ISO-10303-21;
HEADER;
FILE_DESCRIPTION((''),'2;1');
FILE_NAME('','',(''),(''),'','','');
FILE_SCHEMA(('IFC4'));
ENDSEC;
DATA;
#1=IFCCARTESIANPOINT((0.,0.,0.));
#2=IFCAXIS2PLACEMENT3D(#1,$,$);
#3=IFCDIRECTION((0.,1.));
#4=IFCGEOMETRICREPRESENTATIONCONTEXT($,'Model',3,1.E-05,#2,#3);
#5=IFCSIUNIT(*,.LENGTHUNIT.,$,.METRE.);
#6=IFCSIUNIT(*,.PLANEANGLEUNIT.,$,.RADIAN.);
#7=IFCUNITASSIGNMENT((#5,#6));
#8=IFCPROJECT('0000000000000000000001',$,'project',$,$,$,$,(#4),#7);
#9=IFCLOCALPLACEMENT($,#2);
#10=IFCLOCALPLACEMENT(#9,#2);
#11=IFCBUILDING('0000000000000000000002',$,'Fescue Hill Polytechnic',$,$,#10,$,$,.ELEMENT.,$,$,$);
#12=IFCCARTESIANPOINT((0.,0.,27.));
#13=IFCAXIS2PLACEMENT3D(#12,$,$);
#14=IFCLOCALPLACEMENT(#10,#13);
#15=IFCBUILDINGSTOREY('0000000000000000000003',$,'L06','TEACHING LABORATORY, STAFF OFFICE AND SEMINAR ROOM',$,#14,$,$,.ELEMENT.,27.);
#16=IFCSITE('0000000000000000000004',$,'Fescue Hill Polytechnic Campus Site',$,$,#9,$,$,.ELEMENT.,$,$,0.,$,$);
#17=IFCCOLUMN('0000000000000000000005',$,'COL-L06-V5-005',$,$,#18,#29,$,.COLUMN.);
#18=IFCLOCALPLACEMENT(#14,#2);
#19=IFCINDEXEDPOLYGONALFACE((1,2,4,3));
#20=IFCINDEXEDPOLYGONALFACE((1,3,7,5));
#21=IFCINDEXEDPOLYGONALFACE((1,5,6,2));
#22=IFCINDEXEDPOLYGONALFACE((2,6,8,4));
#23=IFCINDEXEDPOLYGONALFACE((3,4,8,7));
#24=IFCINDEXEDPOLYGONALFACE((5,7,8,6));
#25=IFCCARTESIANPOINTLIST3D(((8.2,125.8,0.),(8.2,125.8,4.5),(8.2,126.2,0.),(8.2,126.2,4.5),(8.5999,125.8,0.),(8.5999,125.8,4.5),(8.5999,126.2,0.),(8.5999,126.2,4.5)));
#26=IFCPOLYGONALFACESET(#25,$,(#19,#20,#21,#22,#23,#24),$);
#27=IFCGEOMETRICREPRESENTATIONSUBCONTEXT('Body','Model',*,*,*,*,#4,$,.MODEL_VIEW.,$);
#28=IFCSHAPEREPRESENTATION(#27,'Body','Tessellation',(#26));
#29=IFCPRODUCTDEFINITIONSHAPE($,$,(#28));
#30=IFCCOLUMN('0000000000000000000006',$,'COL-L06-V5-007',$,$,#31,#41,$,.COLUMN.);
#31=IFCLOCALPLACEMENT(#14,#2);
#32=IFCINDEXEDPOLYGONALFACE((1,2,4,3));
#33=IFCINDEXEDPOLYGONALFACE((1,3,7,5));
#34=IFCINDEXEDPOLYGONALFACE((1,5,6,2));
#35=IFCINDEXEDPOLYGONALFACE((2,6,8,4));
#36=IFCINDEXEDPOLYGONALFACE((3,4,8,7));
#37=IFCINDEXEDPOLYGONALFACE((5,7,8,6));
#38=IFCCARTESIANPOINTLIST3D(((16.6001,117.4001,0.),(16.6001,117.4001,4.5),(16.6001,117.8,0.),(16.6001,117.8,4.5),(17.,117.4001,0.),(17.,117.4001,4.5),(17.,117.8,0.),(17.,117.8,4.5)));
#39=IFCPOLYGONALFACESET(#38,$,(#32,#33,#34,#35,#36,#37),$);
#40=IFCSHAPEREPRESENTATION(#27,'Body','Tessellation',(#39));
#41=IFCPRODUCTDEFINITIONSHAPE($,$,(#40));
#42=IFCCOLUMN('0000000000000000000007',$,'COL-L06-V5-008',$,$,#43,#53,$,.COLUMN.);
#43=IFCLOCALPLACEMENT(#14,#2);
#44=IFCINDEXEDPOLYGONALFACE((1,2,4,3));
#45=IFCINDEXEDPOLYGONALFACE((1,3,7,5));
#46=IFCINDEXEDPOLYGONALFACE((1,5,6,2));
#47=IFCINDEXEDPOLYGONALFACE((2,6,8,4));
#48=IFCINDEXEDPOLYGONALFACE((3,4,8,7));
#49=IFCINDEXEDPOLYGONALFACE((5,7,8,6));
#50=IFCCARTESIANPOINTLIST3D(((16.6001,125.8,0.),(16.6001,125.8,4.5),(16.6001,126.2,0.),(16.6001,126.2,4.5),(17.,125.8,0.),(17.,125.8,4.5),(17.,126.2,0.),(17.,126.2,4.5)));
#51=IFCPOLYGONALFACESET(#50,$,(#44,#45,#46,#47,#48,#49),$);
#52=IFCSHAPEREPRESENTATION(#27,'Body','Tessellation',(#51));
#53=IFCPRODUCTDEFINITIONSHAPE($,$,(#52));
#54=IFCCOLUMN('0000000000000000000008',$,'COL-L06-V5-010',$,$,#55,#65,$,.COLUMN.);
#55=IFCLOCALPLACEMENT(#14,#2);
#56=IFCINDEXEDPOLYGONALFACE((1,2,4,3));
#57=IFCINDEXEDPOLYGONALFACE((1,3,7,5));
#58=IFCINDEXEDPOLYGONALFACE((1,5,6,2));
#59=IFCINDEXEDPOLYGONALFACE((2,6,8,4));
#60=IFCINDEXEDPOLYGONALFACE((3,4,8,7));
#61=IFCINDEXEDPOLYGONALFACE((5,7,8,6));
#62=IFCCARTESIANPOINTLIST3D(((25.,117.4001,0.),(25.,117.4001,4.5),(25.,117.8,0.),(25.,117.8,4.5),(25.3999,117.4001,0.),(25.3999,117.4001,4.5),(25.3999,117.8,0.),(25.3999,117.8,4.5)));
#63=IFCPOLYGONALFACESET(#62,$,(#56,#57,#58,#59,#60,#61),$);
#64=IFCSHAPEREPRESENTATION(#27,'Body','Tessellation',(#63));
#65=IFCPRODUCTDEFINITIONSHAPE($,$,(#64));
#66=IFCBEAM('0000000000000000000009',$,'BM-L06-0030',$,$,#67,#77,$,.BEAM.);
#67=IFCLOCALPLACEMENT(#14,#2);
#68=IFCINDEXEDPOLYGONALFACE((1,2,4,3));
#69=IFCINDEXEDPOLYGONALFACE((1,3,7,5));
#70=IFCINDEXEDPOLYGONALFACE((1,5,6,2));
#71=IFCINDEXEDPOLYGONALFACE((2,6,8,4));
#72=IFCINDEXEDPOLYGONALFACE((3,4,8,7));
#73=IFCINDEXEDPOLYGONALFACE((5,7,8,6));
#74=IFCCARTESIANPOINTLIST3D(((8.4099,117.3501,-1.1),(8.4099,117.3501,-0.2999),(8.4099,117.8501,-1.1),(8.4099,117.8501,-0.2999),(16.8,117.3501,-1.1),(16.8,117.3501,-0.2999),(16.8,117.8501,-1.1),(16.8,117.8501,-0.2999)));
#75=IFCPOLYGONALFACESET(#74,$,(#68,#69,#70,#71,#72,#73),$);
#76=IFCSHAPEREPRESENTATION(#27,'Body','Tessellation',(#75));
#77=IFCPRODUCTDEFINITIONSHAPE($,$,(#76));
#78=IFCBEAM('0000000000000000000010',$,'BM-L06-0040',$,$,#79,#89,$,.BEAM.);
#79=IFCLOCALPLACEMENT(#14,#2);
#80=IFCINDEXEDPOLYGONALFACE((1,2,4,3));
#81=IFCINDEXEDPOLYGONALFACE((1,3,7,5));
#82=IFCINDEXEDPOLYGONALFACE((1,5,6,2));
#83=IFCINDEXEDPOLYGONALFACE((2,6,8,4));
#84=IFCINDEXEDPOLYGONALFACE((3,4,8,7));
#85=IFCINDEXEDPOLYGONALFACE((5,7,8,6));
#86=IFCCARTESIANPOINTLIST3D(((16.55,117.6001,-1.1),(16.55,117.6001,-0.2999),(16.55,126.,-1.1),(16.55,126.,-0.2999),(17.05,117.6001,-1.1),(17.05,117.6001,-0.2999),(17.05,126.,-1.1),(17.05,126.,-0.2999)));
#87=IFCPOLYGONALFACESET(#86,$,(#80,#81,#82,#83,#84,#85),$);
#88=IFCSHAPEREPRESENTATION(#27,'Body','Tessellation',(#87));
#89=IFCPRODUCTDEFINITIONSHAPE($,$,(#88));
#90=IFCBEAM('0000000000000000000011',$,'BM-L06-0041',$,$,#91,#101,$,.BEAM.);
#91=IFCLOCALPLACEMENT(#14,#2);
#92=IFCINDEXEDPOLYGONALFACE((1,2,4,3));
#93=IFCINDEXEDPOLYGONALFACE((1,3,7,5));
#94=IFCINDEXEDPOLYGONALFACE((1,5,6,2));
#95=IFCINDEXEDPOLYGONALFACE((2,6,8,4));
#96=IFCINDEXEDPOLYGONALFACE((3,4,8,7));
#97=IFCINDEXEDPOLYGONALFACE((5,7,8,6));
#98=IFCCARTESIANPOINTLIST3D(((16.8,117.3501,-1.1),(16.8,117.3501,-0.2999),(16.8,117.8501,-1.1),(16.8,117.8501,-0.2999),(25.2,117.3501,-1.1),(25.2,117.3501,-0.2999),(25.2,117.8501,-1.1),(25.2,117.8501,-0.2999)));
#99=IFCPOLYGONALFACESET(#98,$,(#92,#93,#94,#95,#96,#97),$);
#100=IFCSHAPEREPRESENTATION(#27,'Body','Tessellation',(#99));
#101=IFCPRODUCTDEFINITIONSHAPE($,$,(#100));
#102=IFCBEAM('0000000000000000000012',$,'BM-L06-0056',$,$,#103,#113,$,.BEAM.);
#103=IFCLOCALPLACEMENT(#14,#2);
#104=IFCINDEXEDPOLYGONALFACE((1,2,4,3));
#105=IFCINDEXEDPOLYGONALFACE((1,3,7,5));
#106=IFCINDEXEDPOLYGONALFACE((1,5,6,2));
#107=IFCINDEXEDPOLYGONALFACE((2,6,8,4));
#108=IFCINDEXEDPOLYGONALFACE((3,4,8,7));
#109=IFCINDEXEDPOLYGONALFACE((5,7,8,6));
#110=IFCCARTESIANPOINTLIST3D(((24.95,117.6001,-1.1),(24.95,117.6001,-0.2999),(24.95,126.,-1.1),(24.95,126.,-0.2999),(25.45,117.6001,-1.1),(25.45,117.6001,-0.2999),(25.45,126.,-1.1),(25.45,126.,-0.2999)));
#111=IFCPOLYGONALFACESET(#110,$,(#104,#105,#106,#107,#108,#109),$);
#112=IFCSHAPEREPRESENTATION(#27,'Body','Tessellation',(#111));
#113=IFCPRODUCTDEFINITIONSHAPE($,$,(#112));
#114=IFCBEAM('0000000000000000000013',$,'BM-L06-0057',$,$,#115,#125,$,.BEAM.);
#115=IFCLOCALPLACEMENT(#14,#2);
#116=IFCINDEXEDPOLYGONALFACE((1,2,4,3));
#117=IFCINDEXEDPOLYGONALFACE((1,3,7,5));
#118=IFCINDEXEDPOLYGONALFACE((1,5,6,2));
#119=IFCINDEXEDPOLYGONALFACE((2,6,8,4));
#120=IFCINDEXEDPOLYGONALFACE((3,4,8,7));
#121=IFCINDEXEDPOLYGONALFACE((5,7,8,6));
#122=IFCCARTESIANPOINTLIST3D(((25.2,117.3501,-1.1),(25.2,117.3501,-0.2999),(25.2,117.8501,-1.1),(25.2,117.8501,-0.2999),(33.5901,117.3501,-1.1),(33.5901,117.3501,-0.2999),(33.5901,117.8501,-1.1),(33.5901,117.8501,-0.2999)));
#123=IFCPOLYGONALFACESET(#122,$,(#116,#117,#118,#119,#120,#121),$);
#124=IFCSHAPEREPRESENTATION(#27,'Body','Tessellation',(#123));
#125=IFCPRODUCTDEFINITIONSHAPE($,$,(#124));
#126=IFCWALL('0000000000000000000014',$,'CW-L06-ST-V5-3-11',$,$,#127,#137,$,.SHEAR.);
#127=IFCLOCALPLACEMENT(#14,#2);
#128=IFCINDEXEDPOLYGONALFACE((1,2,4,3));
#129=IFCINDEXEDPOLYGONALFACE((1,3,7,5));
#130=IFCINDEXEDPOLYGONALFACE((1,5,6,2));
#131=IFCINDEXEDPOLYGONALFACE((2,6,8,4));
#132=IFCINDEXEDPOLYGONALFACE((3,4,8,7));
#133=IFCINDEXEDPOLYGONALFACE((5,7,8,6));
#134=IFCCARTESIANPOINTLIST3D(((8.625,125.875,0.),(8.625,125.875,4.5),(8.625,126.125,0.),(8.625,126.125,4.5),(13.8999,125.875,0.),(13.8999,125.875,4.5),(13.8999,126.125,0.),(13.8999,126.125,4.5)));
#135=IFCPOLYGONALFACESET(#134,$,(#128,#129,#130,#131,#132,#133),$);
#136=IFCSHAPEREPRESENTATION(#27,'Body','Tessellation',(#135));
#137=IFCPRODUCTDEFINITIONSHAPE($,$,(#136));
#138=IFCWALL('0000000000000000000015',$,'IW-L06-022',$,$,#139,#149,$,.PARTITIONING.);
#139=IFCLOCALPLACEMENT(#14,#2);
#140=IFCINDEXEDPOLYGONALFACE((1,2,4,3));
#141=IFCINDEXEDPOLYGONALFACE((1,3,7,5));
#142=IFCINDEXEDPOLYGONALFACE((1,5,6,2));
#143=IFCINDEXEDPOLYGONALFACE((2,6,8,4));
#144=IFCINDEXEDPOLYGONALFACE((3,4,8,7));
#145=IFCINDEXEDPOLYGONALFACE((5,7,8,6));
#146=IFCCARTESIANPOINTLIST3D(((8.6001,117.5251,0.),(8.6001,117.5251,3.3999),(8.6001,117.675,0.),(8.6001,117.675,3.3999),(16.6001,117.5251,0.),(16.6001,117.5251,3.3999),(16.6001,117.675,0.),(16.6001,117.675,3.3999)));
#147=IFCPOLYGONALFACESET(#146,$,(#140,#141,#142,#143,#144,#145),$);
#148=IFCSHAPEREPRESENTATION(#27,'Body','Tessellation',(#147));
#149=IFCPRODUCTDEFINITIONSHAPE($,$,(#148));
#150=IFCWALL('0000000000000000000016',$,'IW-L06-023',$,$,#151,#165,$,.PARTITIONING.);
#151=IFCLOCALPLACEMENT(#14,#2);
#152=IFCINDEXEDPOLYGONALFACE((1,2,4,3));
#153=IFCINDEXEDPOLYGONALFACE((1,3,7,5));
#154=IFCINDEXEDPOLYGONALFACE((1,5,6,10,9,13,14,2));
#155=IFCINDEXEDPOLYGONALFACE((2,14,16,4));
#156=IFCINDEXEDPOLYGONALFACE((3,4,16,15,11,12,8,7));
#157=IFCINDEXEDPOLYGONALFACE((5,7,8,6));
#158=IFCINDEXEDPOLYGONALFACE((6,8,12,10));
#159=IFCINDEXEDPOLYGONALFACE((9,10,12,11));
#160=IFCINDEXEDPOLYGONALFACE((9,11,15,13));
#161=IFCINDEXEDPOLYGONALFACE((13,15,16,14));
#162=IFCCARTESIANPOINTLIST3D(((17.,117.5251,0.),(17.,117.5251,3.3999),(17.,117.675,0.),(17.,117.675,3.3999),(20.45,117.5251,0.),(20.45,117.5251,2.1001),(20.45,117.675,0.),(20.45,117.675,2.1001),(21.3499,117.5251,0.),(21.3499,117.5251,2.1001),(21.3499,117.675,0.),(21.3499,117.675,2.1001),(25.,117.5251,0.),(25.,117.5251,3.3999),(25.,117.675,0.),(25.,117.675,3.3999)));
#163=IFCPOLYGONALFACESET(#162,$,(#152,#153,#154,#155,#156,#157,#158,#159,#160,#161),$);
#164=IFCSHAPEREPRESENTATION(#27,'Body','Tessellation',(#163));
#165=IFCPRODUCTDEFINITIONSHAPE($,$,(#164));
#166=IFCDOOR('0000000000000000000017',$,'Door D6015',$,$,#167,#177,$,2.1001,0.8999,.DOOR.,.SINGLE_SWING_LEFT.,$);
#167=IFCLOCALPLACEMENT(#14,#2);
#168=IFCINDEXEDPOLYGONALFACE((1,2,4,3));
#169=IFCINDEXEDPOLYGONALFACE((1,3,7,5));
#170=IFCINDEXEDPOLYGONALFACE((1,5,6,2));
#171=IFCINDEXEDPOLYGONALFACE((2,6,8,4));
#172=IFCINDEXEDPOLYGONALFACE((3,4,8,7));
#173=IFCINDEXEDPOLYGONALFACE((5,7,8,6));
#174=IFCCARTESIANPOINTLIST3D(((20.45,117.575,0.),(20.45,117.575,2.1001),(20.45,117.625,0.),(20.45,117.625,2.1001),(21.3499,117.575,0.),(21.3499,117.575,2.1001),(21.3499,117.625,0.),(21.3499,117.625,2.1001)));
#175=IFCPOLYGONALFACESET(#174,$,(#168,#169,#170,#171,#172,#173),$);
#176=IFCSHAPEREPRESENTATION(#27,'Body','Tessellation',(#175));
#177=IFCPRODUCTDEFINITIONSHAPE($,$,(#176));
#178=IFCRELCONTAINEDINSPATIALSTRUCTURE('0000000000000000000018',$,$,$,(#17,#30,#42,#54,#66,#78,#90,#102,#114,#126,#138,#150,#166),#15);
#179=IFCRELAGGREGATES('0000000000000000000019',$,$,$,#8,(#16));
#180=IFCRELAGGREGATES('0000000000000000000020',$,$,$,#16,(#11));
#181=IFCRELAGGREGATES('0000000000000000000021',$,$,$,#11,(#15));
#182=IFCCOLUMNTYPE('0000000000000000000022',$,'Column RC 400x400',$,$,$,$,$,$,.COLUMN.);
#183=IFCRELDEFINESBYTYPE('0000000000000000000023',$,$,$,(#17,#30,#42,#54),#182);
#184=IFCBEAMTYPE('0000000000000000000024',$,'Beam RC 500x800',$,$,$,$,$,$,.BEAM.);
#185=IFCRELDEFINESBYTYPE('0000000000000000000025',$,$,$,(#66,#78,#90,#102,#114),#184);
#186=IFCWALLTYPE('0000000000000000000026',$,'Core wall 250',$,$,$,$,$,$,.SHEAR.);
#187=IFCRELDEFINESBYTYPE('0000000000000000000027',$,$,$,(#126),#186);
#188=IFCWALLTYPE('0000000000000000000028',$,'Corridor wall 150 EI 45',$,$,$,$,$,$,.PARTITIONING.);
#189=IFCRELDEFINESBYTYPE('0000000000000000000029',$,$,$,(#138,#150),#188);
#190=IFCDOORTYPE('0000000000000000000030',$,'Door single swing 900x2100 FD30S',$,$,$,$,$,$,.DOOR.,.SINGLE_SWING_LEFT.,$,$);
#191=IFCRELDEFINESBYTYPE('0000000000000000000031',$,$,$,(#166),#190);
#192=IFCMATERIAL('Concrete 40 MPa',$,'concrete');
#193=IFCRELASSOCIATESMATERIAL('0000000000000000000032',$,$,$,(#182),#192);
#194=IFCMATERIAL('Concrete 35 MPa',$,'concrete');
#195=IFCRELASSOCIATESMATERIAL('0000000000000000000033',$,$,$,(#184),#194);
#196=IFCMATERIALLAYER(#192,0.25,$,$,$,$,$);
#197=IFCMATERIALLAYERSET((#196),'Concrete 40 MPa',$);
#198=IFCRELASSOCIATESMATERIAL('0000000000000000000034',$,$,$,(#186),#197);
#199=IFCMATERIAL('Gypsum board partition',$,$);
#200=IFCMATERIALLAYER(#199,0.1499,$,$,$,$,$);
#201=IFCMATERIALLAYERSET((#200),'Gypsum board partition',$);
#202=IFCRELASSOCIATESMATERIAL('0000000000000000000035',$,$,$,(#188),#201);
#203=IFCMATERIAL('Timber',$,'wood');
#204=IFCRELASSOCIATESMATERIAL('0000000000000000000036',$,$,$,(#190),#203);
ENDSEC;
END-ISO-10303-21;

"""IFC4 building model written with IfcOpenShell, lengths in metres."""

from ifc_helpers import new_model, si_unit, direction, frame, frame_2d, origin, origin_2d, place, context, subcontext, project, spatial, rectangle, extrude, material, layer, layer_set, material_profile, profile_set, type_object, element, fill, save


model = new_model("IFC4")

# Units and contexts
model_context = context("Model", 3, precision=1e-05, world=origin(), true_north=direction((0.0, 1.0)))
body_context = subcontext(model_context, "Body", "Model", "MODEL_VIEW")
ifc_project = project(units=[si_unit("LENGTHUNIT", "METRE"), si_unit("PLANEANGLEUNIT", "RADIAN")], contexts=[model_context])

# Site, building, storey
site_placement = place(None, origin())
site = spatial("IfcSite", under=ifc_project, at=site_placement, Name="Fescue Hill Polytechnic Campus Site", CompositionType="ELEMENT", RefElevation=0.0)
building_placement = place(site_placement, origin())
building = spatial("IfcBuilding", under=site, at=building_placement, Name="Fescue Hill Polytechnic", CompositionType="ELEMENT")
storey_placement = place(building_placement, frame((0.0, 0.0, 27.0)))
storey = spatial("IfcBuildingStorey", under=building, at=storey_placement, Name="L06", Description="TEACHING LABORATORY, STAFF OFFICE AND SEMINAR ROOM", CompositionType="ELEMENT", Elevation=27.0)

# Columns
ifc_material_1 = material(Name="Concrete 40 MPa", Category="concrete")
ifc_material_profile_1 = material_profile(ifc_material_1, rectangle(XDim=0.3999, YDim=0.3999, at=origin_2d()), Name="RC 400x400")
ifc_profile_set_1 = profile_set([ifc_material_profile_1], Name="Concrete 40 MPa")
column_type = type_object("IfcColumnType", Name="Column RC 400x400", PredefinedType="COLUMN", material=ifc_profile_set_1)
for number, where, z_axis, x_axis, name in (
    (1, (8.3999, 126.0, 0.0), (0.0, 0.0, 1.0), (1.0, 0.0, 0.0), "COL-L06-V5-005"),
    (2, (16.8, 117.6001, 0.0), (0.0, 0.0, 1.0), (1.0, 0.0, 0.0), "COL-L06-V5-007"),
    (3, (16.8, 126.0, 0.0), (0.0, 0.0, 1.0), (1.0, 0.0, 0.0), "COL-L06-V5-008"),
    (4, (25.2, 117.6001, 0.0), (0.0, 0.0, 1.0), (1.0, 0.0, 0.0), "COL-L06-V5-010"),
):
    element("IfcColumn", number, at=place(storey_placement, frame(where, z_axis=z_axis, x_axis=x_axis)), inside=storey, type_object=column_type, Name=name, PredefinedType="COLUMN", context=body_context, shape_type="SweptSolid", body=[
        extrude(rectangle(XDim=0.3999, YDim=0.3999, at=origin_2d()), origin(), (0.0, 0.0, 1.0), 4.5),
    ])

# Beams
ifc_material_2 = material(Name="Concrete 35 MPa", Category="concrete")
ifc_material_profile_2 = material_profile(ifc_material_2, rectangle(XDim=0.5, YDim=0.8, at=origin_2d()), Name="RC 500x800")
ifc_profile_set_2 = profile_set([ifc_material_profile_2], Name="Concrete 35 MPa")
beam_type = type_object("IfcBeamType", Name="Beam RC 500x800", PredefinedType="BEAM", material=ifc_profile_set_2)
beam_1_placement = place(storey_placement, frame((8.4099, 117.6001, -0.7), z_axis=(1.0, 0.0, 0.0), x_axis=(0.0, 1.0, 0.0)))
element("IfcBeam", 5, at=beam_1_placement, inside=storey, type_object=beam_type, Name="BM-L06-0030", PredefinedType="BEAM", context=body_context, shape_type="SweptSolid", body=[
    extrude(rectangle(XDim=0.5, YDim=0.8, at=origin_2d()), origin(), (0.0, 0.0, 1.0), 8.3901),
])
for number, where, z_axis, x_axis, name in (
    (6, (16.8, 117.6001, -0.7), (0.0, 1.0, 0.0), (-1.0, 0.0, 0.0), "BM-L06-0040"),
    (7, (16.8, 117.6001, -0.7), (1.0, 0.0, 0.0), (0.0, 1.0, 0.0), "BM-L06-0041"),
    (8, (25.2, 117.6001, -0.7), (0.0, 1.0, 0.0), (-1.0, 0.0, 0.0), "BM-L06-0056"),
):
    element("IfcBeam", number, at=place(storey_placement, frame(where, z_axis=z_axis, x_axis=x_axis)), inside=storey, type_object=beam_type, Name=name, PredefinedType="BEAM", context=body_context, shape_type="SweptSolid", body=[
        extrude(rectangle(XDim=0.5, YDim=0.8, at=origin_2d()), origin(), (0.0, 0.0, 1.0), 8.3999),
    ])
beam_2_placement = place(storey_placement, frame((25.2, 117.6001, -0.7), z_axis=(1.0, 0.0, 0.0), x_axis=(0.0, 1.0, 0.0)))
element("IfcBeam", 9, at=beam_2_placement, inside=storey, type_object=beam_type, Name="BM-L06-0057", PredefinedType="BEAM", context=body_context, shape_type="SweptSolid", body=[
    extrude(rectangle(XDim=0.5, YDim=0.8, at=origin_2d()), origin(), (0.0, 0.0, 1.0), 8.3901),
])

# Walls
ifc_layer_1 = layer(ifc_material_1, 0.25)
ifc_layer_set_1 = layer_set([ifc_layer_1], Name="Concrete 40 MPa")
wall_type_1 = type_object("IfcWallType", Name="Core wall 250", PredefinedType="SHEAR", material=ifc_layer_set_1)
wall_1_placement = place(storey_placement, frame((8.625, 126.0, 0.0), z_axis=(0.0, 0.0, 1.0), x_axis=(1.0, 0.0, 0.0)))
element("IfcWall", 10, at=wall_1_placement, inside=storey, type_object=wall_type_1, Name="CW-L06-ST-V5-3-11", PredefinedType="SHEAR", context=body_context, shape_type="SweptSolid", body=[
    extrude(rectangle(XDim=5.2749, YDim=0.25, at=frame_2d((2.6375, 0.0))), origin(), (0.0, 0.0, 1.0), 4.5),
])
ifc_material_3 = material(Name="Gypsum board partition")
ifc_layer_2 = layer(ifc_material_3, 0.1499)
ifc_layer_set_2 = layer_set([ifc_layer_2], Name="Gypsum board partition")
wall_type_2 = type_object("IfcWallType", Name="Corridor wall 150 EI 45", PredefinedType="PARTITIONING", material=ifc_layer_set_2)
wall_2_placement = place(storey_placement, frame((8.6001, 117.6001, 0.0), z_axis=(0.0, 0.0, 1.0), x_axis=(1.0, 0.0, 0.0)))
element("IfcWall", 11, at=wall_2_placement, inside=storey, type_object=wall_type_2, Name="IW-L06-022", PredefinedType="PARTITIONING", context=body_context, shape_type="SweptSolid", body=[
    extrude(rectangle(XDim=8.0, YDim=0.1499, at=frame_2d((4.0, 0.0))), origin(), (0.0, 0.0, 1.0), 3.3999),
])

# Wall, opening, door
wall_3_placement = place(storey_placement, frame((17.0, 117.6001, 0.0), z_axis=(0.0, 0.0, 1.0), x_axis=(1.0, 0.0, 0.0)))
wall_3 = element("IfcWall", 12, at=wall_3_placement, inside=storey, type_object=wall_type_2, Name="IW-L06-023", PredefinedType="PARTITIONING", context=body_context, shape_type="SweptSolid", body=[
    extrude(rectangle(XDim=8.0, YDim=0.1499, at=frame_2d((4.0, 0.0))), origin(), (0.0, 0.0, 1.0), 3.3999),
])
opening_1_placement = place(wall_3_placement, frame((3.45, 0.0, 0.0)))
opening_1 = element("IfcOpeningElement", 13, at=opening_1_placement, cuts=wall_3, PredefinedType="OPENING", context=body_context, shape_type="SweptSolid", body=[
    extrude(rectangle(XDim=0.8999, YDim=2.1001, at=frame_2d((0.45, 1.05))), frame((0.0, 0.085, 0.0), z_axis=(0.0, -1.0, 0.0), x_axis=(1.0, 0.0, 0.0)), (0.0, 0.0, 1.0), 0.1699),
])
ifc_material_4 = material(Name="Timber", Category="wood")
door_type_1 = type_object("IfcDoorType", Name="Door single swing 900x2100 FD30S", OperationType="SINGLE_SWING_LEFT", PredefinedType="DOOR", material=ifc_material_4)
door_1_placement = place(opening_1_placement, origin())
door_1 = element("IfcDoor", 14, at=door_1_placement, inside=storey, type_object=door_type_1, Name="Door D6015", OperationType="SINGLE_SWING_LEFT", OverallHeight=2.1001, OverallWidth=0.8999, PredefinedType="DOOR", context=body_context, shape_type="SweptSolid", body=[
    extrude(rectangle(XDim=0.8999, YDim=2.1001, at=frame_2d((0.45, 1.05))), frame((0.0, 0.0249, 0.0), z_axis=(0.0, -1.0, 0.0), x_axis=(1.0, 0.0, 0.0)), (0.0, 0.0, 1.0), 0.05),
])
fill(opening_1, door_1)

save(model, "model.ifc")
